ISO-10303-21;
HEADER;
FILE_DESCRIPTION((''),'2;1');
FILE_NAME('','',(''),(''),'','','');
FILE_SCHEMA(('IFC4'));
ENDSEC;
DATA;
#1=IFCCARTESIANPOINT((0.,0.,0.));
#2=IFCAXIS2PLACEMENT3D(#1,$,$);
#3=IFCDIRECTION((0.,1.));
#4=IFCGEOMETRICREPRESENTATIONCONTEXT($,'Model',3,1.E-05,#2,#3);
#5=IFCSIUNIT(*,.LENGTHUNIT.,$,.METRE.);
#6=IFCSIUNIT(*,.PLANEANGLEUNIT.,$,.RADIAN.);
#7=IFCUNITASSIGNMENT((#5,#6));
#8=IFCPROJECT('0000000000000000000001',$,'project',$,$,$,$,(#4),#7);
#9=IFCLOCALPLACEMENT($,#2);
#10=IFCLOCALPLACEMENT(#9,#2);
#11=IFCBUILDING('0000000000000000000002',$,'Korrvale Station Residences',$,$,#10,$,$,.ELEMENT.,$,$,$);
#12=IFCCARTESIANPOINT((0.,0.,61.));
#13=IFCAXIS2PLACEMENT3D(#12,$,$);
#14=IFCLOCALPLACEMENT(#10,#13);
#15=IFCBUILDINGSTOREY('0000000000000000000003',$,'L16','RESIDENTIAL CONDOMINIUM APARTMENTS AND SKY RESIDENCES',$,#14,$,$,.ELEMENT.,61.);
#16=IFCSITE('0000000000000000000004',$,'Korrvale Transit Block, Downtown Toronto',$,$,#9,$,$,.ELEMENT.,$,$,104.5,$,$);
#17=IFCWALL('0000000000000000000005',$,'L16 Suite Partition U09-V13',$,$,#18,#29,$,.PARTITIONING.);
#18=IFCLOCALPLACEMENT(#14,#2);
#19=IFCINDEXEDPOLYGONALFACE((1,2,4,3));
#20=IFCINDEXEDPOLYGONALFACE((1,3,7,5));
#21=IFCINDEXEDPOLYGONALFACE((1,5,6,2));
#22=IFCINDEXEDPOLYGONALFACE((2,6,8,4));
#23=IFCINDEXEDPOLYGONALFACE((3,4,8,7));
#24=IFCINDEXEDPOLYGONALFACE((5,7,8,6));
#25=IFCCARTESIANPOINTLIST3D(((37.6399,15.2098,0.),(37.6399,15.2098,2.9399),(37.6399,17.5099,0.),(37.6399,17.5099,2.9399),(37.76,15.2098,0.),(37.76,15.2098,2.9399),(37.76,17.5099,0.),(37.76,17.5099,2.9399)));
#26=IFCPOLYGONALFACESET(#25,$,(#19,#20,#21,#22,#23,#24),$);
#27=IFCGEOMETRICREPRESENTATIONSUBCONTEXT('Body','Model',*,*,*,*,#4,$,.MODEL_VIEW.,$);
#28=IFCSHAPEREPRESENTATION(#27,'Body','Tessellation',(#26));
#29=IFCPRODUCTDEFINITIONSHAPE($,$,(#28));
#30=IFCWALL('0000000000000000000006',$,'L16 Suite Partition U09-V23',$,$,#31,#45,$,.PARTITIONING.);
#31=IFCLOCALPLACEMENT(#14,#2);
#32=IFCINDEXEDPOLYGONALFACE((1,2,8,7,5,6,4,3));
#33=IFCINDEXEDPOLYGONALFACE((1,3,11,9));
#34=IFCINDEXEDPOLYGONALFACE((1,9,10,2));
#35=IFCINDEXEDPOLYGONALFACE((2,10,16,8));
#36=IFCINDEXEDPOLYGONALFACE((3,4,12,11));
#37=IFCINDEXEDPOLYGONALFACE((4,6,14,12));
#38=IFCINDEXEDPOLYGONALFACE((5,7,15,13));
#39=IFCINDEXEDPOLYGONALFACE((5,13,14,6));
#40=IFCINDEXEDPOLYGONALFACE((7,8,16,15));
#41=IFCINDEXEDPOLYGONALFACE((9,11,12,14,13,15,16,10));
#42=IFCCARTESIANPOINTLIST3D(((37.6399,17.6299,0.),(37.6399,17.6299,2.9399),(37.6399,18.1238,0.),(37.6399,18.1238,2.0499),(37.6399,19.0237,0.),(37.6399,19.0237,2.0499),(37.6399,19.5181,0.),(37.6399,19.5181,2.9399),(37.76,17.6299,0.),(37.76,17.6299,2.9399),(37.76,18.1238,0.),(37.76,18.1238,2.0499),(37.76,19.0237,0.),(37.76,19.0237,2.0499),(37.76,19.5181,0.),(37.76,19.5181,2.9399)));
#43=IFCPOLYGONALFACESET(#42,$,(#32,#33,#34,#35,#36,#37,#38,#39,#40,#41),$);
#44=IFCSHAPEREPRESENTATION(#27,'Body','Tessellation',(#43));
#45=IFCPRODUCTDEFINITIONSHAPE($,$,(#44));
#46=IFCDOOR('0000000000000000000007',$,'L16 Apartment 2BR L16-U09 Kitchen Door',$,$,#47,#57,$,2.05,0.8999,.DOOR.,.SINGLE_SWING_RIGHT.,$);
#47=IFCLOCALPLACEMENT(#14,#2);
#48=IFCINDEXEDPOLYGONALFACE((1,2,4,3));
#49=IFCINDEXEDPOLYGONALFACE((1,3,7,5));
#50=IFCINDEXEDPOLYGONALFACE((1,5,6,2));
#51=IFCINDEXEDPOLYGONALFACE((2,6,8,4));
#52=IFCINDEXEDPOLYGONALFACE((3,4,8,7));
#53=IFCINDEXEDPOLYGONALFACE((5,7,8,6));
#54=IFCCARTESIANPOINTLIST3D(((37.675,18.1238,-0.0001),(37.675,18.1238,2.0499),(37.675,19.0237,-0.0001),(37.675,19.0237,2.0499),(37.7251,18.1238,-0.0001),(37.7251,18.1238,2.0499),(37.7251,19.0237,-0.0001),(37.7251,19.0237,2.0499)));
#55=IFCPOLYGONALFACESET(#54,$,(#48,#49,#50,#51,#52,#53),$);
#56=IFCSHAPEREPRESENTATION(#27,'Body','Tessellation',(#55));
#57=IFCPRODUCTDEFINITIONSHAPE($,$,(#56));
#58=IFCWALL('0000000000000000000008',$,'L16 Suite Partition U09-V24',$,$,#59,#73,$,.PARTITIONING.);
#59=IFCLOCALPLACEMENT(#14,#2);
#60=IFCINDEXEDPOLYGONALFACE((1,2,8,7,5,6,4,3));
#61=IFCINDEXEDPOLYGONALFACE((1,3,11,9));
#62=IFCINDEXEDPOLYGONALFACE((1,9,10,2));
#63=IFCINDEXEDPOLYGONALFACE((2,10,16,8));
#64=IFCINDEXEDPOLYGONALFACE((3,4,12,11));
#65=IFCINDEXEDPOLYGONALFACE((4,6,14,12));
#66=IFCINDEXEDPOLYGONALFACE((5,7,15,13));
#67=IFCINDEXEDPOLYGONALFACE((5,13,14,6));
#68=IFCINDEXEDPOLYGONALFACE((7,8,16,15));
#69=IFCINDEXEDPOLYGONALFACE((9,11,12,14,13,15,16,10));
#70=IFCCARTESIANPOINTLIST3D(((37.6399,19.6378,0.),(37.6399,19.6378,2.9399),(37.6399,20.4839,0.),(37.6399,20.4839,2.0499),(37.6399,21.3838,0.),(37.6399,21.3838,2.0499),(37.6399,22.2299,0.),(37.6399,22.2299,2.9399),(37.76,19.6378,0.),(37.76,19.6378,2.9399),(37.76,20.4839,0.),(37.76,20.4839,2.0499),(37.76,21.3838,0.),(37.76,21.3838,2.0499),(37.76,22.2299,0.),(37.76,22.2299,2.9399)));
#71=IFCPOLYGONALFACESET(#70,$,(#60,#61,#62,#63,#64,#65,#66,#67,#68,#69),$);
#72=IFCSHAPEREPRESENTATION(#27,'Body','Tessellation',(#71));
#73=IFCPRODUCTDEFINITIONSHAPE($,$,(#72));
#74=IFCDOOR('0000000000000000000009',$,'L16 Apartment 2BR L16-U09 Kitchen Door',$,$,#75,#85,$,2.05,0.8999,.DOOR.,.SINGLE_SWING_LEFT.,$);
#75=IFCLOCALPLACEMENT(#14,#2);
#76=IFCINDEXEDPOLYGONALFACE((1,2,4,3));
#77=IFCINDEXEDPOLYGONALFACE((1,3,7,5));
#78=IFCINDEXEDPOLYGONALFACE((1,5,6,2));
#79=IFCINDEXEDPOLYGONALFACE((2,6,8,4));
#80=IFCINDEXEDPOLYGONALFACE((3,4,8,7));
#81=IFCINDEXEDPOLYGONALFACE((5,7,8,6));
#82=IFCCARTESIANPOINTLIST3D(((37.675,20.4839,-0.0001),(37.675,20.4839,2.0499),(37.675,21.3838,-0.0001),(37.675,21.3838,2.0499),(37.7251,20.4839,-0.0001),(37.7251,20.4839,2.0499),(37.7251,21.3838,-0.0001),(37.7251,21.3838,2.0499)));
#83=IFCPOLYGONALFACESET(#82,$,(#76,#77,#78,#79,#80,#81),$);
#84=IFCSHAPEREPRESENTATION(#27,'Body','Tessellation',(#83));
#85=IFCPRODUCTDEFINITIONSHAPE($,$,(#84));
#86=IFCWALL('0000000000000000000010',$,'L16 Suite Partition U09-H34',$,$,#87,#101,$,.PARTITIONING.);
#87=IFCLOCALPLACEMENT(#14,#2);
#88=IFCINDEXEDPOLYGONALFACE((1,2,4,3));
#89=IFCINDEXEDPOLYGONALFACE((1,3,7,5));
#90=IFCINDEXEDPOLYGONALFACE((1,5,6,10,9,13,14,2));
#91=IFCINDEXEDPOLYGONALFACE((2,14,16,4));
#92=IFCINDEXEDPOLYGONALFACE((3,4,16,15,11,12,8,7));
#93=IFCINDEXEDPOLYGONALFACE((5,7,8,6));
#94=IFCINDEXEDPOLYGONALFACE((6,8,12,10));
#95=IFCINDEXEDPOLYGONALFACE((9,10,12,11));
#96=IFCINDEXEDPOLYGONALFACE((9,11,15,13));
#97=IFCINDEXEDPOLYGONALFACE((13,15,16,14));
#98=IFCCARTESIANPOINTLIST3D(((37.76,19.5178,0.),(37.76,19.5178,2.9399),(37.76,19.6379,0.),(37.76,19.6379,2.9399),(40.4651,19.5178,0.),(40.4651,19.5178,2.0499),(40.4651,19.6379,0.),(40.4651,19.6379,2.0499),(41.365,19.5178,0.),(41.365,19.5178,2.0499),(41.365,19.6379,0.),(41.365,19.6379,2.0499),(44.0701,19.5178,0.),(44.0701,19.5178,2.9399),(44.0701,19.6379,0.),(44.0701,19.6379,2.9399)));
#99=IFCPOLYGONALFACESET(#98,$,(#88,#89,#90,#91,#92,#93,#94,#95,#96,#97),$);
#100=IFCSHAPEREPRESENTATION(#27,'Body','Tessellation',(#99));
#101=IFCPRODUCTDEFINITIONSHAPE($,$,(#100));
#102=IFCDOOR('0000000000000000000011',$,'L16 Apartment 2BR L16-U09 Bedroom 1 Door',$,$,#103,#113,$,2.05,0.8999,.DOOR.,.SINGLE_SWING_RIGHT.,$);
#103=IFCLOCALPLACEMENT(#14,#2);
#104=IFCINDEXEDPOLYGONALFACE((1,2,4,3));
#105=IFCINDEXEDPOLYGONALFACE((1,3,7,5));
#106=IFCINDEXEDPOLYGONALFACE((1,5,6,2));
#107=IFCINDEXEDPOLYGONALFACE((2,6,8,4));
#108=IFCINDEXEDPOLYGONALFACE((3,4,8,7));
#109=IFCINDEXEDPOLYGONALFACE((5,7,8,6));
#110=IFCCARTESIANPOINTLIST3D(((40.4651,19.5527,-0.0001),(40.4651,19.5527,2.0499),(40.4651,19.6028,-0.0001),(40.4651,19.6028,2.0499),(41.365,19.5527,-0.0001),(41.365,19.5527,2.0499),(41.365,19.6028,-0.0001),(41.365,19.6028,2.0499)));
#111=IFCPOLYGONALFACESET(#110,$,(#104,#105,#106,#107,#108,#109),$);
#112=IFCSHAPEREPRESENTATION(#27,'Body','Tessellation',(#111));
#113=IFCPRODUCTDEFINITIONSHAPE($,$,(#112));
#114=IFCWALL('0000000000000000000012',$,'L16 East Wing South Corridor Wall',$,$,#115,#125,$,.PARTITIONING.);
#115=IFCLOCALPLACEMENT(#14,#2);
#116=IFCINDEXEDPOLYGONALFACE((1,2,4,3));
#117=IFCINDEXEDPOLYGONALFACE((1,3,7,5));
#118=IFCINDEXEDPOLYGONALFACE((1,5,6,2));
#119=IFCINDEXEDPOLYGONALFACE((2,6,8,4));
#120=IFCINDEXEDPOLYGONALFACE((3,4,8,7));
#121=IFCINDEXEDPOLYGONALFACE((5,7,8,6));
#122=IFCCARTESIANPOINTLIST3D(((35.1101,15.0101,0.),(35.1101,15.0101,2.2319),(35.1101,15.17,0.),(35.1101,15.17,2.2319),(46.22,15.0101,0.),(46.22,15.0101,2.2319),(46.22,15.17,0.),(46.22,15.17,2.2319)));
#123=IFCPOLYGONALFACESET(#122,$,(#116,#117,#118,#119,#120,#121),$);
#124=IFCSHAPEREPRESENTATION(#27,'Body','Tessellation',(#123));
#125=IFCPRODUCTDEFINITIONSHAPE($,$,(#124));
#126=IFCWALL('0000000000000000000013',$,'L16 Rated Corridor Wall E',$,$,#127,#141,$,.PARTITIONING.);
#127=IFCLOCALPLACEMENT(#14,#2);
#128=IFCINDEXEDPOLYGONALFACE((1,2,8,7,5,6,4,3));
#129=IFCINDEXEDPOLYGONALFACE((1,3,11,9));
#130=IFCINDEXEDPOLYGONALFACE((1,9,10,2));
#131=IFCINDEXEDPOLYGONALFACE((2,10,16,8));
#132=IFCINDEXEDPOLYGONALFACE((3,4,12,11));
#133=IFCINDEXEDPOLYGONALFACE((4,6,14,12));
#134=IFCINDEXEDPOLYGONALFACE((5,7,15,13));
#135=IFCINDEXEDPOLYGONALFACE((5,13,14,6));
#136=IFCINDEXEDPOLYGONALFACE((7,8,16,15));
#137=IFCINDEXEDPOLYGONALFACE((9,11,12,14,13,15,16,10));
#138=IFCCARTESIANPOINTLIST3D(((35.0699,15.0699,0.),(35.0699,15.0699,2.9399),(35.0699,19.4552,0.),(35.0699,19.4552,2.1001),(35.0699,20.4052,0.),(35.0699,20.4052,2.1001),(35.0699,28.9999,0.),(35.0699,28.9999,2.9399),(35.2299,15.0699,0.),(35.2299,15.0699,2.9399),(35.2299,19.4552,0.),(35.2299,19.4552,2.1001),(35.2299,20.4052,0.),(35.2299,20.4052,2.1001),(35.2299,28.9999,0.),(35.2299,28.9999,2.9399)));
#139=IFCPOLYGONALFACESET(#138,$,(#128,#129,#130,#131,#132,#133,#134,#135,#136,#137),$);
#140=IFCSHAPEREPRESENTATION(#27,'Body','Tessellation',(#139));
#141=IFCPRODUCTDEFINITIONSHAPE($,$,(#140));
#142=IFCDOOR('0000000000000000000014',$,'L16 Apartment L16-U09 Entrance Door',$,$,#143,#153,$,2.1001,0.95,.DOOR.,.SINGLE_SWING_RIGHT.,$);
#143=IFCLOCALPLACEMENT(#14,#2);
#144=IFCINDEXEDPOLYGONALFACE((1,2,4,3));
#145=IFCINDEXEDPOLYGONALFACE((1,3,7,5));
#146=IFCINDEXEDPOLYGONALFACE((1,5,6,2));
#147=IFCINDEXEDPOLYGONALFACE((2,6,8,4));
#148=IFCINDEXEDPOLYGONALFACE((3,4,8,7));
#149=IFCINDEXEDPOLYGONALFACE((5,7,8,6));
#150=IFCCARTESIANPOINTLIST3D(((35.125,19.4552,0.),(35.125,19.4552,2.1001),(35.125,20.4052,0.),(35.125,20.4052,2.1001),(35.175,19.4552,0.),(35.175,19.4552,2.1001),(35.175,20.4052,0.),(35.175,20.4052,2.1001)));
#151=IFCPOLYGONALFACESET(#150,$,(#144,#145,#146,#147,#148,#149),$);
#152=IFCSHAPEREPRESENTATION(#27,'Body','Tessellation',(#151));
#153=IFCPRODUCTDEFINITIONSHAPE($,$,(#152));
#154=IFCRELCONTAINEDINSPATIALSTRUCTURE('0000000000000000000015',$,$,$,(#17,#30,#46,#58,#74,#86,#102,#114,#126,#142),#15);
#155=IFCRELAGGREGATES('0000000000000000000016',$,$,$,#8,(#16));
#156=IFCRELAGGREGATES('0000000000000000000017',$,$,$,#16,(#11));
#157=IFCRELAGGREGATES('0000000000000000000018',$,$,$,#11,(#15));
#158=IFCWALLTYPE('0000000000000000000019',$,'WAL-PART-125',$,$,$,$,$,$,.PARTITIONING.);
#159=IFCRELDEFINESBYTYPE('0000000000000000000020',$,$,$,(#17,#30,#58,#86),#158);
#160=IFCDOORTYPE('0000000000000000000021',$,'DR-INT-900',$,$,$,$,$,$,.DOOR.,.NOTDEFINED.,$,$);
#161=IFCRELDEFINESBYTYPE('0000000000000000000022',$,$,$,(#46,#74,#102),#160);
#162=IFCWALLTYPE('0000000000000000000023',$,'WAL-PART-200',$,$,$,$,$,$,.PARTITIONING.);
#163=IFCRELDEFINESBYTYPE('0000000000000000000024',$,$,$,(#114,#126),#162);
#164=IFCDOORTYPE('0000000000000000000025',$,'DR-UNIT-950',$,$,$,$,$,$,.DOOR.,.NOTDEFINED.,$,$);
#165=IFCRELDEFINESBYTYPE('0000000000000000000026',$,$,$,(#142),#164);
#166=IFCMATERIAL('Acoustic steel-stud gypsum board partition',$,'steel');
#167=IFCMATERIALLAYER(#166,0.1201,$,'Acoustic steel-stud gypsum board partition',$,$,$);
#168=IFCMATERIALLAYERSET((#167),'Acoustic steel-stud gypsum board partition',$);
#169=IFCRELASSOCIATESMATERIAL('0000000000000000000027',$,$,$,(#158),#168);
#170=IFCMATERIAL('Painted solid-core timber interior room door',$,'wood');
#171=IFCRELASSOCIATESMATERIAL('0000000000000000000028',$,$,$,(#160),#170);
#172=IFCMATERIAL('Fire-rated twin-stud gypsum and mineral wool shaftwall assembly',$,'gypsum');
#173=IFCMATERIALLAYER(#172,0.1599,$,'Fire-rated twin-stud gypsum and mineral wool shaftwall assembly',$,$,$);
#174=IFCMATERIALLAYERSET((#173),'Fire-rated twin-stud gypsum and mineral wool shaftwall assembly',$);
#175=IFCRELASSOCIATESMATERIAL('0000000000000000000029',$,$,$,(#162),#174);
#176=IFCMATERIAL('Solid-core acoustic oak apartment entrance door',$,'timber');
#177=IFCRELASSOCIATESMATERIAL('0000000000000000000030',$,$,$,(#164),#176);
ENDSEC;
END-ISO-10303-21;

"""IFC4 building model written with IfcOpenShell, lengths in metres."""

from ifc_helpers import new_model, si_unit, direction, frame, frame_2d, origin, place, context, subcontext, project, spatial, rectangle, extrude, material, layer, layer_set, type_object, element, fill, save


model = new_model("IFC4")

# Units and contexts
model_context = context("Model", 3, precision=1e-05, world=origin(), true_north=direction((0.0, 1.0)))
body_context = subcontext(model_context, "Body", "Model", "MODEL_VIEW")
ifc_project = project(units=[si_unit("LENGTHUNIT", "METRE"), si_unit("PLANEANGLEUNIT", "RADIAN")], contexts=[model_context])

# Site, building, storey
site_placement = place(None, origin())
site = spatial("IfcSite", under=ifc_project, at=site_placement, Name="Korrvale Transit Block, Downtown Toronto", CompositionType="ELEMENT", RefElevation=104.5)
building_placement = place(site_placement, origin())
building = spatial("IfcBuilding", under=site, at=building_placement, Name="Korrvale Station Residences", CompositionType="ELEMENT")
storey_placement = place(building_placement, frame((0.0, 0.0, 61.0)))
storey = spatial("IfcBuildingStorey", under=building, at=storey_placement, Name="L16", Description="RESIDENTIAL CONDOMINIUM APARTMENTS AND SKY RESIDENCES", CompositionType="ELEMENT", Elevation=61.0)

# Shared definitions
ifc_material_1 = material(Name="Acoustic steel-stud gypsum board partition", Category="steel")
ifc_layer_1 = layer(ifc_material_1, 0.1201, Name="Acoustic steel-stud gypsum board partition")
ifc_layer_set_1 = layer_set([ifc_layer_1], Name="Acoustic steel-stud gypsum board partition")
wall_type_1 = type_object("IfcWallType", Name="WAL-PART-125", PredefinedType="PARTITIONING", material=ifc_layer_set_1)
ifc_material_2 = material(Name="Painted solid-core timber interior room door", Category="wood")
door_type_1 = type_object("IfcDoorType", Name="DR-INT-900", OperationType="NOTDEFINED", PredefinedType="DOOR", material=ifc_material_2)

# Wall
wall_1_placement = place(storey_placement, frame((37.7, 15.21, 0.0), z_axis=(0.0, 0.0, 1.0), x_axis=(0.0, 1.0, 0.0)))
element("IfcWall", 1, at=wall_1_placement, inside=storey, type_object=wall_type_1, Name="L16 Suite Partition U09-V13", PredefinedType="PARTITIONING", context=body_context, shape_type="SweptSolid", body=[
    extrude(rectangle(XDim=2.3, YDim=0.1201, at=frame_2d((1.1499, 0.0))), origin(), (0.0, 0.0, 1.0), 2.9399),
])

# Walls, openings, doors
wall_2_placement = place(storey_placement, frame((37.7, 17.6299, 0.0), z_axis=(0.0, 0.0, 1.0), x_axis=(0.0, 1.0, 0.0)))
wall_2 = element("IfcWall", 2, at=wall_2_placement, inside=storey, type_object=wall_type_1, Name="L16 Suite Partition U09-V23", PredefinedType="PARTITIONING", context=body_context, shape_type="SweptSolid", body=[
    extrude(rectangle(XDim=1.8882, YDim=0.1201, at=frame_2d((0.9441, 0.0))), origin(), (0.0, 0.0, 1.0), 2.9399),
])
opening_1_placement = place(wall_2_placement, frame((0.4939, 0.0, 0.0)))
opening_1 = element("IfcOpeningElement", 3, at=opening_1_placement, cuts=wall_2, PredefinedType="OPENING", context=body_context, shape_type="SweptSolid", body=[
    extrude(rectangle(XDim=0.8999, YDim=2.05, at=frame_2d((0.45, 1.0249))), frame((0.0, 0.0701, 0.0), z_axis=(0.0, -1.0, 0.0), x_axis=(1.0, 0.0, 0.0)), (0.0, 0.0, 1.0), 0.1401),
])
door_1_placement = place(opening_1_placement, origin())
door_1 = element("IfcDoor", 4, at=door_1_placement, inside=storey, type_object=door_type_1, Name="L16 Apartment 2BR L16-U09 Kitchen Door", OperationType="SINGLE_SWING_RIGHT", OverallHeight=2.05, OverallWidth=0.8999, PredefinedType="DOOR", context=body_context, shape_type="SweptSolid", body=[
    extrude(rectangle(XDim=0.8999, YDim=2.05, at=frame_2d((0.45, 1.0249))), frame((0.0, 0.0249, 0.0), z_axis=(0.0, -1.0, 0.0), x_axis=(1.0, 0.0, 0.0)), (0.0, 0.0, 1.0), 0.05),
])
fill(opening_1, door_1)
wall_3_placement = place(storey_placement, frame((37.7, 19.6379, 0.0), z_axis=(0.0, 0.0, 1.0), x_axis=(0.0, 1.0, 0.0)))
wall_3 = element("IfcWall", 5, at=wall_3_placement, inside=storey, type_object=wall_type_1, Name="L16 Suite Partition U09-V24", PredefinedType="PARTITIONING", context=body_context, shape_type="SweptSolid", body=[
    extrude(rectangle(XDim=2.592, YDim=0.1201, at=frame_2d((1.2959, 0.0))), origin(), (0.0, 0.0, 1.0), 2.9399),
])
opening_2_placement = place(wall_3_placement, frame((0.8459, 0.0, 0.0)))
opening_2 = element("IfcOpeningElement", 6, at=opening_2_placement, cuts=wall_3, PredefinedType="OPENING", context=body_context, shape_type="SweptSolid", body=[
    extrude(rectangle(XDim=0.8999, YDim=2.05, at=frame_2d((0.45, 1.0249))), frame((0.0, 0.0701, 0.0), z_axis=(0.0, -1.0, 0.0), x_axis=(1.0, 0.0, 0.0)), (0.0, 0.0, 1.0), 0.1401),
])
door_2_placement = place(opening_2_placement, origin())
door_2 = element("IfcDoor", 7, at=door_2_placement, inside=storey, type_object=door_type_1, Name="L16 Apartment 2BR L16-U09 Kitchen Door", OperationType="SINGLE_SWING_LEFT", OverallHeight=2.05, OverallWidth=0.8999, PredefinedType="DOOR", context=body_context, shape_type="SweptSolid", body=[
    extrude(rectangle(XDim=0.8999, YDim=2.05, at=frame_2d((0.45, 1.0249))), frame((0.0, 0.0249, 0.0), z_axis=(0.0, -1.0, 0.0), x_axis=(1.0, 0.0, 0.0)), (0.0, 0.0, 1.0), 0.05),
])
fill(opening_2, door_2)
wall_4_placement = place(storey_placement, frame((37.76, 19.5779, 0.0), z_axis=(0.0, 0.0, 1.0), x_axis=(1.0, 0.0, 0.0)))
wall_4 = element("IfcWall", 8, at=wall_4_placement, inside=storey, type_object=wall_type_1, Name="L16 Suite Partition U09-H34", PredefinedType="PARTITIONING", context=body_context, shape_type="SweptSolid", body=[
    extrude(rectangle(XDim=6.3101, YDim=0.1201, at=frame_2d((3.155, 0.0))), origin(), (0.0, 0.0, 1.0), 2.9399),
])
opening_3_placement = place(wall_4_placement, frame((2.7051, 0.0, 0.0)))
opening_3 = element("IfcOpeningElement", 9, at=opening_3_placement, cuts=wall_4, PredefinedType="OPENING", context=body_context, shape_type="SweptSolid", body=[
    extrude(rectangle(XDim=0.8999, YDim=2.05, at=frame_2d((0.45, 1.0249))), frame((0.0, 0.0701, 0.0), z_axis=(0.0, -1.0, 0.0), x_axis=(1.0, 0.0, 0.0)), (0.0, 0.0, 1.0), 0.1401),
])
door_3_placement = place(opening_3_placement, origin())
door_3 = element("IfcDoor", 10, at=door_3_placement, inside=storey, type_object=door_type_1, Name="L16 Apartment 2BR L16-U09 Bedroom 1 Door", OperationType="SINGLE_SWING_RIGHT", OverallHeight=2.05, OverallWidth=0.8999, PredefinedType="DOOR", context=body_context, shape_type="SweptSolid", body=[
    extrude(rectangle(XDim=0.8999, YDim=2.05, at=frame_2d((0.45, 1.0249))), frame((0.0, 0.0249, 0.0), z_axis=(0.0, -1.0, 0.0), x_axis=(1.0, 0.0, 0.0)), (0.0, 0.0, 1.0), 0.05),
])
fill(opening_3, door_3)

# Wall
ifc_material_3 = material(Name="Fire-rated twin-stud gypsum and mineral wool shaftwall assembly", Category="gypsum")
ifc_layer_2 = layer(ifc_material_3, 0.1599, Name="Fire-rated twin-stud gypsum and mineral wool shaftwall assembly")
ifc_layer_set_2 = layer_set([ifc_layer_2], Name="Fire-rated twin-stud gypsum and mineral wool shaftwall assembly")
wall_type_2 = type_object("IfcWallType", Name="WAL-PART-200", PredefinedType="PARTITIONING", material=ifc_layer_set_2)
wall_5_placement = place(storey_placement, frame((35.1101, 15.0901, 0.0), z_axis=(0.0, 0.0, 1.0), x_axis=(1.0, 0.0, 0.0)))
element("IfcWall", 11, at=wall_5_placement, inside=storey, type_object=wall_type_2, Name="L16 East Wing South Corridor Wall", PredefinedType="PARTITIONING", context=body_context, shape_type="SweptSolid", body=[
    extrude(rectangle(XDim=11.1099, YDim=0.1599, at=frame_2d((5.5549, 0.0))), origin(), (0.0, 0.0, 1.0), 2.2319),
])

# Wall, opening, door
wall_6_placement = place(storey_placement, frame((35.1499, 15.0701, 0.0), z_axis=(0.0, 0.0, 1.0), x_axis=(0.0, 1.0, 0.0)))
wall_6 = element("IfcWall", 12, at=wall_6_placement, inside=storey, type_object=wall_type_2, Name="L16 Rated Corridor Wall E", PredefinedType="PARTITIONING", context=body_context, shape_type="SweptSolid", body=[
    extrude(rectangle(XDim=13.9299, YDim=0.1599, at=frame_2d((6.9648, 0.0))), origin(), (0.0, 0.0, 1.0), 2.9399),
])
opening_4_placement = place(wall_6_placement, frame((4.385, 0.0, 0.0)))
opening_4 = element("IfcOpeningElement", 13, at=opening_4_placement, cuts=wall_6, PredefinedType="OPENING", context=body_context, shape_type="SweptSolid", body=[
    extrude(rectangle(XDim=0.95, YDim=2.1001, at=frame_2d((0.4751, 1.05))), frame((0.0, 0.0898, 0.0), z_axis=(0.0, -1.0, 0.0), x_axis=(1.0, 0.0, 0.0)), (0.0, 0.0, 1.0), 0.1799),
])
ifc_material_4 = material(Name="Solid-core acoustic oak apartment entrance door", Category="timber")
door_type_2 = type_object("IfcDoorType", Name="DR-UNIT-950", OperationType="NOTDEFINED", PredefinedType="DOOR", material=ifc_material_4)
door_4_placement = place(opening_4_placement, origin())
door_4 = element("IfcDoor", 14, at=door_4_placement, inside=storey, type_object=door_type_2, Name="L16 Apartment L16-U09 Entrance Door", OperationType="SINGLE_SWING_RIGHT", OverallHeight=2.1001, OverallWidth=0.95, PredefinedType="DOOR", context=body_context, shape_type="SweptSolid", body=[
    extrude(rectangle(XDim=0.95, YDim=2.1001, at=frame_2d((0.4751, 1.05))), frame((0.0, 0.0249, 0.0), z_axis=(0.0, -1.0, 0.0), x_axis=(1.0, 0.0, 0.0)), (0.0, 0.0, 1.0), 0.05),
])
fill(opening_4, door_4)

save(model, "model.ifc")
